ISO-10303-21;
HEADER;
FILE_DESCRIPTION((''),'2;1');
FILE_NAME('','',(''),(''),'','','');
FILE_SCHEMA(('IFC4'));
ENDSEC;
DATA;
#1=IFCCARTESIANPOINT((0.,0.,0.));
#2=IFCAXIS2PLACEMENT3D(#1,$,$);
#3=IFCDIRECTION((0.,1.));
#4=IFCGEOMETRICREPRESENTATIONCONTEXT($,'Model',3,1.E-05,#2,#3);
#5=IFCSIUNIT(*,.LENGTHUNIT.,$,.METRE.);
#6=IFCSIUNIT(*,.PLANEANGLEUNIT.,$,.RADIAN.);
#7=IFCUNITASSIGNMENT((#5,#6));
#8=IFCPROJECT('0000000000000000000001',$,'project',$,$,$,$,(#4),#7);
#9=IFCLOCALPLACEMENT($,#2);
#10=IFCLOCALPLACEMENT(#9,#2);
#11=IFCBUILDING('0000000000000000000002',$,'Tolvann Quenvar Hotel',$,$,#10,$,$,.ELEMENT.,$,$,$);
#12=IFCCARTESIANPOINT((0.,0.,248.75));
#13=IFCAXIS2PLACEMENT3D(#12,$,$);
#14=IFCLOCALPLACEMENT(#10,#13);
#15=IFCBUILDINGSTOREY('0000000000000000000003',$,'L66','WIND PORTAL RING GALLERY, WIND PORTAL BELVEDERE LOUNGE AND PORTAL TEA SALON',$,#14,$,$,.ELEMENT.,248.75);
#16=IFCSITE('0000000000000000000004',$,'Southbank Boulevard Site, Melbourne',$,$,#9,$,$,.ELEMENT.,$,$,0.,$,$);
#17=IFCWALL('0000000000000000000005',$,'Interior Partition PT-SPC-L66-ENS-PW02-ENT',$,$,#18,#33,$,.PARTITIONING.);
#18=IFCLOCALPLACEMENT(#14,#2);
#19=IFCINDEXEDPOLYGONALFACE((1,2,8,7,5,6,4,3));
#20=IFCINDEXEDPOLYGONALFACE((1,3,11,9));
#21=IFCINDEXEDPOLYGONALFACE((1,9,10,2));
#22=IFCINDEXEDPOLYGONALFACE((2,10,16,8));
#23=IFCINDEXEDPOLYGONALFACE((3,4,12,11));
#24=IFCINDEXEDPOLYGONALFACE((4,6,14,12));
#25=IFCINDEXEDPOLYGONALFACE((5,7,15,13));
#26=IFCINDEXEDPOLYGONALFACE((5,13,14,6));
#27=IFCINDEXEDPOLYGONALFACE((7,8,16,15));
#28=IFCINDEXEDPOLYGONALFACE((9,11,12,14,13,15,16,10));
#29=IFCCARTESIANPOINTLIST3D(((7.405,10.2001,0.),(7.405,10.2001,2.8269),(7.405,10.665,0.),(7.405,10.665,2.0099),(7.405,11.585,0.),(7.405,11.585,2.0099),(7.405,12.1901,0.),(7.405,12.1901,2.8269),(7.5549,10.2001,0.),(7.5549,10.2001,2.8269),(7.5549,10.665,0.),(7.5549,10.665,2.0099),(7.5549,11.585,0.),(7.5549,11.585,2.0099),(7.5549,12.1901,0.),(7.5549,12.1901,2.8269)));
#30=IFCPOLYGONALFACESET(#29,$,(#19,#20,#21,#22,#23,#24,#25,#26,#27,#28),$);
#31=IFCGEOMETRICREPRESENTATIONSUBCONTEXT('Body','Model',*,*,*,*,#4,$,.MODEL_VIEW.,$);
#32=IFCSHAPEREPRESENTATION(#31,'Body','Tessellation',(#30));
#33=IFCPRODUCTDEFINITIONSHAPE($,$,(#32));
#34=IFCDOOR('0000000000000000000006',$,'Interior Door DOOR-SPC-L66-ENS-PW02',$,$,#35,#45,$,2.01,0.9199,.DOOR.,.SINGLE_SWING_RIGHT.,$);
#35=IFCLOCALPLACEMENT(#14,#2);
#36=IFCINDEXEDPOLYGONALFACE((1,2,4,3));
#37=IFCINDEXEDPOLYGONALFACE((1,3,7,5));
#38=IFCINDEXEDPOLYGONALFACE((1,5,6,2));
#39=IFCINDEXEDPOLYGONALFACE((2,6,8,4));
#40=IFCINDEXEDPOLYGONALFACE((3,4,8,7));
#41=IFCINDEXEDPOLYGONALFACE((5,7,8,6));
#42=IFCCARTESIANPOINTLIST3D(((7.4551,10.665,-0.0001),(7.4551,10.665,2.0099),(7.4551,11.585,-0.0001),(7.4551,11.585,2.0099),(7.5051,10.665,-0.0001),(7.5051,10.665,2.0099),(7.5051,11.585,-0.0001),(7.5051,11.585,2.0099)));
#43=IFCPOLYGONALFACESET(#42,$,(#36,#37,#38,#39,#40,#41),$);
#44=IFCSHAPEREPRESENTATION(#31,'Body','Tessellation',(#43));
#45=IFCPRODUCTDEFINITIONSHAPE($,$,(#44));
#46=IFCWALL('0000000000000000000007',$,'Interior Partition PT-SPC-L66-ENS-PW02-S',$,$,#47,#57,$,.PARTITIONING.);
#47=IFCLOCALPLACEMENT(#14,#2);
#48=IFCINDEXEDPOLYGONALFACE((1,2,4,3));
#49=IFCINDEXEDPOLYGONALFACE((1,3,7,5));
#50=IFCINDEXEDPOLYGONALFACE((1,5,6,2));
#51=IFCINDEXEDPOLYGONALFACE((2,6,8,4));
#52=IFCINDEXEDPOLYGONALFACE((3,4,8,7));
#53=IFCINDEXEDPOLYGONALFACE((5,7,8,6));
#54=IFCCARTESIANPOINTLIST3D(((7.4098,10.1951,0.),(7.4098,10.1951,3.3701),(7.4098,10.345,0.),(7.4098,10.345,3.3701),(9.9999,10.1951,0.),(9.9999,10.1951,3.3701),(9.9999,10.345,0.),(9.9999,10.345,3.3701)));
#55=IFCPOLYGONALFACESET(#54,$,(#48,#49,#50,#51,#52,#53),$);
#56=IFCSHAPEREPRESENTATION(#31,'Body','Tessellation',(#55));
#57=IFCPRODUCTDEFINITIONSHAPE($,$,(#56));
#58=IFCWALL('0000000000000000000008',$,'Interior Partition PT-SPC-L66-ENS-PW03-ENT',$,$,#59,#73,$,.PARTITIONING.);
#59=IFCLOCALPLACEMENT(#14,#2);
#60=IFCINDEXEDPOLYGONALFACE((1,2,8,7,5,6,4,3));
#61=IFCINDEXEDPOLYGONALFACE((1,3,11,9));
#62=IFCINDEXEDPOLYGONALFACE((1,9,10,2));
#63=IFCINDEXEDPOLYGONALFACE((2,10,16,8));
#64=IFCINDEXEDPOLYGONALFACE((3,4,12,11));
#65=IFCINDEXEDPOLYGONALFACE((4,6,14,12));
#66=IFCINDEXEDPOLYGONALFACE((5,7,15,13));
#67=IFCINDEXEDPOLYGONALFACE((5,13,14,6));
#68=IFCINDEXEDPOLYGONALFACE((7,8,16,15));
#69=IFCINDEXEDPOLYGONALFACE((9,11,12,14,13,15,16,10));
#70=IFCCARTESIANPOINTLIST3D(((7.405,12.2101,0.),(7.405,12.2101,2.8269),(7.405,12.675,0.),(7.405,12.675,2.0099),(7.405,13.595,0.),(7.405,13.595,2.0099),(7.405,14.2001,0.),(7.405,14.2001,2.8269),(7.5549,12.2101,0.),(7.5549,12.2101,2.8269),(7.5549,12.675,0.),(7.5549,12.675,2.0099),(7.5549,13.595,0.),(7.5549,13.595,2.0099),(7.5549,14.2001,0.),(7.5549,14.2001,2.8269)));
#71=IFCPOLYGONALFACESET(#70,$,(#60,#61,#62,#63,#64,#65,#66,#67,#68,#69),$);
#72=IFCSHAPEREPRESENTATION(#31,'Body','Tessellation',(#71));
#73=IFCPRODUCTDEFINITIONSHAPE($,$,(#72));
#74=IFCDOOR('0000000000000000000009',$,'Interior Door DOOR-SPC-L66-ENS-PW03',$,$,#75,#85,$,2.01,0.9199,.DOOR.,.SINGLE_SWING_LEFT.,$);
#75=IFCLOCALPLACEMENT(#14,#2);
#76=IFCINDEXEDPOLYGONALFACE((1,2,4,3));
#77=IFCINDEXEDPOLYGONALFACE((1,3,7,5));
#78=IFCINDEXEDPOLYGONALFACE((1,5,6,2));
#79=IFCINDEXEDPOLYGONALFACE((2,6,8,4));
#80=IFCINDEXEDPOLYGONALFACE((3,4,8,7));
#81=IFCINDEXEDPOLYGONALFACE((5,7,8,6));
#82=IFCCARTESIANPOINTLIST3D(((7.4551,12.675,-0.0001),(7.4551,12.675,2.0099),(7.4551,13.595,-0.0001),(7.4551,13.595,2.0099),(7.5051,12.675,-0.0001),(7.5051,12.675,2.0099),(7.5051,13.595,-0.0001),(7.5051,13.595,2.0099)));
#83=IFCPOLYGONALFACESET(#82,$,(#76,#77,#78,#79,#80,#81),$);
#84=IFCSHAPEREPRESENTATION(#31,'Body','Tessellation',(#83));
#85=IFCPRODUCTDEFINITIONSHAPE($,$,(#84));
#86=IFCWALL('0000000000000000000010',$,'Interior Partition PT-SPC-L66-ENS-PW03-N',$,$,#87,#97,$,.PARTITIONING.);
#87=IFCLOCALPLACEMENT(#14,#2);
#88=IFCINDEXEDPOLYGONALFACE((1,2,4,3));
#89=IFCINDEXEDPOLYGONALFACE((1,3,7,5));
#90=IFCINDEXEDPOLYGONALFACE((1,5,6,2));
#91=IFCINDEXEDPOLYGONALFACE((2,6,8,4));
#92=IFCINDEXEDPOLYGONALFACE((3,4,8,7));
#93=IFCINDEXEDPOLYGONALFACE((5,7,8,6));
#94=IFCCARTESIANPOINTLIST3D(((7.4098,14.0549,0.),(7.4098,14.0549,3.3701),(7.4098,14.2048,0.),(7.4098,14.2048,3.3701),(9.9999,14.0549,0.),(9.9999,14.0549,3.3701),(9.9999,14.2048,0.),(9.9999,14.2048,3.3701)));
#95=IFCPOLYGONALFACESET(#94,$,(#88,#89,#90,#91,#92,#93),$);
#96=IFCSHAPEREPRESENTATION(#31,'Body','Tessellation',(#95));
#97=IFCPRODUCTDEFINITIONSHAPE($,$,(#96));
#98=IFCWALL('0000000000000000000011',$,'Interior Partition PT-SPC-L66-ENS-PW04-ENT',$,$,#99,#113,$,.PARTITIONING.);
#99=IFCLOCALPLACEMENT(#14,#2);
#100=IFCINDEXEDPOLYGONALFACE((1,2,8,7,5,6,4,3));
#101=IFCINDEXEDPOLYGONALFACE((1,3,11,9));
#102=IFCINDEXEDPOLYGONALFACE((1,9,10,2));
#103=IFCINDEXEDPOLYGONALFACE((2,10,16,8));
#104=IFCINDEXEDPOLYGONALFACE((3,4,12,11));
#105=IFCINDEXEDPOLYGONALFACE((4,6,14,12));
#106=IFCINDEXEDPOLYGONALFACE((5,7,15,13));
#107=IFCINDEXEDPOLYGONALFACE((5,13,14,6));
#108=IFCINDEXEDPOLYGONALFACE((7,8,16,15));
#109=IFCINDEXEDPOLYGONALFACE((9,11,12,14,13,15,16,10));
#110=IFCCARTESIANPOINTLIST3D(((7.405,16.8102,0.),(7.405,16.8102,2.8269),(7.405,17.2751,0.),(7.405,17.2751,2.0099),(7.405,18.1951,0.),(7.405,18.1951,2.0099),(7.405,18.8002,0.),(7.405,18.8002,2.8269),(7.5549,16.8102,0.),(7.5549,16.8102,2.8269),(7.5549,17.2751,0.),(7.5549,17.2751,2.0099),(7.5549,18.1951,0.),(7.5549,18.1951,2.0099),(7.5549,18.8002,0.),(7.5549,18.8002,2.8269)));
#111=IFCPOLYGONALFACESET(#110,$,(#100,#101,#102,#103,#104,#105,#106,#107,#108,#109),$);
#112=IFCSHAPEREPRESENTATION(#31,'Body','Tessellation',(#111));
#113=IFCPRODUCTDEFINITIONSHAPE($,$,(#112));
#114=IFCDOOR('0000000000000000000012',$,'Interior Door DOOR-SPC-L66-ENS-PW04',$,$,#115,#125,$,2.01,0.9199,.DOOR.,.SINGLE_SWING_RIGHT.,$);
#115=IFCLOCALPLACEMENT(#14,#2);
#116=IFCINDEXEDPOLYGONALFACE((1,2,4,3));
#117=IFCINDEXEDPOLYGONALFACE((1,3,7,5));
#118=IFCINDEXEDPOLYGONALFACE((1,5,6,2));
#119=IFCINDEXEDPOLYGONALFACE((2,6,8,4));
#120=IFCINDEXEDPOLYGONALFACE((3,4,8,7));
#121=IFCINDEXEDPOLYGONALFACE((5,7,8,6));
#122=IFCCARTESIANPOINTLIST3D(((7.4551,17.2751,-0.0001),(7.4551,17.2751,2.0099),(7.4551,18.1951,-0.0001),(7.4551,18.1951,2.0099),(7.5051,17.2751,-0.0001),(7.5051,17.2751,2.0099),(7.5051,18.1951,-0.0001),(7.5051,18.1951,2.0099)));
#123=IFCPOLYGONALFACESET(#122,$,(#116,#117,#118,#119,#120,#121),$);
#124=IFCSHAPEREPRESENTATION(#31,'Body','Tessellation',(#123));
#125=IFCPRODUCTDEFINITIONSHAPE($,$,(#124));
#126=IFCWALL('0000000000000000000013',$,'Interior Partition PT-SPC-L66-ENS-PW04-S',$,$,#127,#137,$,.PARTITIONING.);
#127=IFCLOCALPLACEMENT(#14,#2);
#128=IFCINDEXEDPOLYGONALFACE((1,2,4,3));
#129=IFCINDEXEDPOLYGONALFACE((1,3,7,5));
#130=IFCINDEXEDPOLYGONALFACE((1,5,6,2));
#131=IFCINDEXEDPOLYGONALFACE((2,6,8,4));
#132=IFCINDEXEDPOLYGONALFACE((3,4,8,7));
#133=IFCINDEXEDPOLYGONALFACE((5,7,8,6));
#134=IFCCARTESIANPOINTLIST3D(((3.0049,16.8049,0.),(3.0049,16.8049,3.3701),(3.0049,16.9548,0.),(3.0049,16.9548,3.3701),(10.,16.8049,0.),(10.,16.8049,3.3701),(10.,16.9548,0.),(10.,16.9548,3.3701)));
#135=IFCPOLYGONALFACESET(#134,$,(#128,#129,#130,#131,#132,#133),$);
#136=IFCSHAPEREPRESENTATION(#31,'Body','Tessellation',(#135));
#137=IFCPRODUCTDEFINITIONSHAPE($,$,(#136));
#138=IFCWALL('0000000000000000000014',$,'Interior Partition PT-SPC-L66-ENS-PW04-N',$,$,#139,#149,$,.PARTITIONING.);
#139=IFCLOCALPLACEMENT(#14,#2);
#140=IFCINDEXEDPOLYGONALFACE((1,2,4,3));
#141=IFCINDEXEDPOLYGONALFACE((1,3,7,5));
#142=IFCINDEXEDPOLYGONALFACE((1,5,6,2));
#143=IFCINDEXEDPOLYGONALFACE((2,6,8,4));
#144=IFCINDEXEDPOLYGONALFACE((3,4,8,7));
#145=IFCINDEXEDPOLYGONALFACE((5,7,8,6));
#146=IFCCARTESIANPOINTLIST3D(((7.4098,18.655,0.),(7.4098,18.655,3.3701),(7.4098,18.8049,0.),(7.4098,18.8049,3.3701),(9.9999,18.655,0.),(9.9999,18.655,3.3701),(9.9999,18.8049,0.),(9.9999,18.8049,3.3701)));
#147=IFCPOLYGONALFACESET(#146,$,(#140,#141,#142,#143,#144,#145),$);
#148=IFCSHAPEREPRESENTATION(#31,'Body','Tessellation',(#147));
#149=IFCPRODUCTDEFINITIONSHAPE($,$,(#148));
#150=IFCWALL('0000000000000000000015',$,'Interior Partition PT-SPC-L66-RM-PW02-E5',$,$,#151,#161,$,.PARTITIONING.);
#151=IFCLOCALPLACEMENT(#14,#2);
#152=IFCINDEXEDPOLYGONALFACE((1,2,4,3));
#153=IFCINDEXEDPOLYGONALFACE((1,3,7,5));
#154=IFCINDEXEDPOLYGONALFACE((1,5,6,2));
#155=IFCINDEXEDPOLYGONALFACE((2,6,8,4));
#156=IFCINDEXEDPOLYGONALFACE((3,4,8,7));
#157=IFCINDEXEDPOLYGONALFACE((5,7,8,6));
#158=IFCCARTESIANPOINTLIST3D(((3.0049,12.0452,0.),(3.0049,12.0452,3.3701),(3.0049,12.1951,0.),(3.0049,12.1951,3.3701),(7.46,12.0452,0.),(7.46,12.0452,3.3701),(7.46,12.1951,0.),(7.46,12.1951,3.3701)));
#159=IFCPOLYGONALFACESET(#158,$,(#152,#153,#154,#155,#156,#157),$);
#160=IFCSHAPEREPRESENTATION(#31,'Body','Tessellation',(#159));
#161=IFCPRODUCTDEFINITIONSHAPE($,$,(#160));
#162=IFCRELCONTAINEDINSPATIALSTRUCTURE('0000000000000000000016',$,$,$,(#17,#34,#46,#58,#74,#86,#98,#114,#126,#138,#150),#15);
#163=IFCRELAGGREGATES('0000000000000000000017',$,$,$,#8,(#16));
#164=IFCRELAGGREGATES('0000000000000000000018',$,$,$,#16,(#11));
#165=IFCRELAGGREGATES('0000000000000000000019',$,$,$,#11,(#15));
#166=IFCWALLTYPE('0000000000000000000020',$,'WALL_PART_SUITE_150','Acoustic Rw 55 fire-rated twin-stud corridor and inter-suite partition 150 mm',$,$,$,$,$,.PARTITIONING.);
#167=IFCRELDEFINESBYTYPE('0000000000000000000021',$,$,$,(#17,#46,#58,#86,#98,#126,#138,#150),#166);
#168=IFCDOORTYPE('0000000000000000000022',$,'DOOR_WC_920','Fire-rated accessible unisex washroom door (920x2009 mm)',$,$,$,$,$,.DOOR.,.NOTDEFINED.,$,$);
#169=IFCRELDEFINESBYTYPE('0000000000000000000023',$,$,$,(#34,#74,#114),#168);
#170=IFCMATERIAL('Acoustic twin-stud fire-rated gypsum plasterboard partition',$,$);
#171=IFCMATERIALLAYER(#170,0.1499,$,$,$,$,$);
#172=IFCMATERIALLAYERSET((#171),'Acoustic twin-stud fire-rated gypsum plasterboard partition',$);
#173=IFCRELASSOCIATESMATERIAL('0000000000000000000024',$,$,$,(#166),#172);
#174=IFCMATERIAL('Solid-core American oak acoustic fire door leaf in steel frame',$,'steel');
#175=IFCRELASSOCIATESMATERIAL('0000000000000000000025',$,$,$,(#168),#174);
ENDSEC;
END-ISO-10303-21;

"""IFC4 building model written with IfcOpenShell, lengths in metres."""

from ifc_helpers import new_model, si_unit, direction, frame, frame_2d, origin, place, context, subcontext, project, spatial, rectangle, extrude, source, transform, mapped, material, layer, layer_set, type_object, type_shapes, element, fill, save


model = new_model("IFC4")

# Units and contexts
model_context = context("Model", 3, precision=1e-05, world=origin(), true_north=direction((0.0, 1.0)))
body_context = subcontext(model_context, "Body", "Model", "MODEL_VIEW")
ifc_project = project(units=[si_unit("LENGTHUNIT", "METRE"), si_unit("PLANEANGLEUNIT", "RADIAN")], contexts=[model_context])

# Site, building, storey
site_placement = place(None, origin())
site = spatial("IfcSite", under=ifc_project, at=site_placement, Name="Southbank Boulevard Site, Melbourne", CompositionType="ELEMENT", RefElevation=0.0)
building_placement = place(site_placement, origin())
building = spatial("IfcBuilding", under=site, at=building_placement, Name="Tolvann Quenvar Hotel", CompositionType="ELEMENT")
storey_placement = place(building_placement, frame((0.0, 0.0, 248.75)))
storey = spatial("IfcBuildingStorey", under=building, at=storey_placement, Name="L66", Description="WIND PORTAL RING GALLERY, WIND PORTAL BELVEDERE LOUNGE AND PORTAL TEA SALON", CompositionType="ELEMENT", Elevation=248.75)

# Wall, opening, door
ifc_material_1 = material(Name="Acoustic twin-stud fire-rated gypsum plasterboard partition")
ifc_layer_1 = layer(ifc_material_1, 0.1499)
ifc_layer_set_1 = layer_set([ifc_layer_1], Name="Acoustic twin-stud fire-rated gypsum plasterboard partition")
wall_type_1 = type_object("IfcWallType", Name="WALL_PART_SUITE_150", Description="Acoustic Rw 55 fire-rated twin-stud corridor and inter-suite partition 150 mm", PredefinedType="PARTITIONING", material=ifc_layer_set_1)
wall_1_placement = place(storey_placement, frame((7.48, 10.2, 0.0), z_axis=(0.0, 0.0, 1.0), x_axis=(0.0, 1.0, 0.0)))
wall_1 = element("IfcWall", 1, at=wall_1_placement, inside=storey, type_object=wall_type_1, Name="Interior Partition PT-SPC-L66-ENS-PW02-ENT", PredefinedType="PARTITIONING", context=body_context, shape_type="SweptSolid", body=[
    extrude(rectangle(XDim=1.99, YDim=0.1499, at=frame_2d((0.9951, 0.0))), origin(), (0.0, 0.0, 1.0), 2.8269),
])
opening_1_placement = place(wall_1_placement, frame((0.4651, 0.0, 0.0)))
opening_1 = element("IfcOpeningElement", 2, at=opening_1_placement, cuts=wall_1, PredefinedType="OPENING", context=body_context, shape_type="SweptSolid", body=[
    extrude(rectangle(XDim=0.9199, YDim=2.01, at=frame_2d((0.46, 1.0049))), frame((0.0, 0.085, 0.0), z_axis=(0.0, -1.0, 0.0), x_axis=(1.0, 0.0, 0.0)), (0.0, 0.0, 1.0), 0.1699),
])
ifc_material_2 = material(Name="Solid-core American oak acoustic fire door leaf in steel frame", Category="steel")
door_type = type_object("IfcDoorType", Name="DOOR_WC_920", Description="Fire-rated accessible unisex washroom door (920x2009 mm)", OperationType="NOTDEFINED", PredefinedType="DOOR", material=ifc_material_2)
shared_shape_1 = source(origin(), body_context, "Body", "SweptSolid", [
    extrude(rectangle(XDim=0.9199, YDim=2.01, at=frame_2d((0.46, 1.0049))), frame((0.0, 0.0249, 0.0), z_axis=(0.0, -1.0, 0.0), x_axis=(1.0, 0.0, 0.0)), (0.0, 0.0, 1.0), 0.05),
])
type_shapes(door_type, [shared_shape_1])
door_1_placement = place(opening_1_placement, origin())
door_1 = element("IfcDoor", 3, at=door_1_placement, inside=storey, type_object=door_type, Name="Interior Door DOOR-SPC-L66-ENS-PW02", OperationType="SINGLE_SWING_RIGHT", OverallHeight=2.01, OverallWidth=0.9199, PredefinedType="DOOR", context=body_context, shape_type="MappedRepresentation", body=[
    mapped(shared_shape_1, transform((0.0, 0.0, 0.0), x_axis=(1.0, 0.0, 0.0), y_axis=(0.0, 1.0, 0.0), z_axis=(0.0, 0.0, 1.0), scale=1.0)),
])
fill(opening_1, door_1)

# Wall
wall_2_placement = place(storey_placement, frame((7.4099, 10.27, 0.0), z_axis=(0.0, 0.0, 1.0), x_axis=(1.0, 0.0, 0.0)))
element("IfcWall", 4, at=wall_2_placement, inside=storey, type_object=wall_type_1, Name="Interior Partition PT-SPC-L66-ENS-PW02-S", PredefinedType="PARTITIONING", context=body_context, shape_type="SweptSolid", body=[
    extrude(rectangle(XDim=2.5901, YDim=0.1499, at=frame_2d((1.2949, 0.0))), origin(), (0.0, 0.0, 1.0), 3.3701),
])

# Wall, opening, door
wall_3_placement = place(storey_placement, frame((7.48, 12.21, 0.0), z_axis=(0.0, 0.0, 1.0), x_axis=(0.0, 1.0, 0.0)))
wall_3 = element("IfcWall", 5, at=wall_3_placement, inside=storey, type_object=wall_type_1, Name="Interior Partition PT-SPC-L66-ENS-PW03-ENT", PredefinedType="PARTITIONING", context=body_context, shape_type="SweptSolid", body=[
    extrude(rectangle(XDim=1.99, YDim=0.1499, at=frame_2d((0.9951, 0.0))), origin(), (0.0, 0.0, 1.0), 2.8269),
])
opening_2_placement = place(wall_3_placement, frame((0.4651, 0.0, 0.0)))
opening_2 = element("IfcOpeningElement", 6, at=opening_2_placement, cuts=wall_3, PredefinedType="OPENING", context=body_context, shape_type="SweptSolid", body=[
    extrude(rectangle(XDim=0.9199, YDim=2.01, at=frame_2d((0.46, 1.0049))), frame((0.0, 0.085, 0.0), z_axis=(0.0, -1.0, 0.0), x_axis=(1.0, 0.0, 0.0)), (0.0, 0.0, 1.0), 0.1699),
])
door_2_placement = place(opening_2_placement, origin())
door_2 = element("IfcDoor", 7, at=door_2_placement, inside=storey, type_object=door_type, Name="Interior Door DOOR-SPC-L66-ENS-PW03", OperationType="SINGLE_SWING_LEFT", OverallHeight=2.01, OverallWidth=0.9199, PredefinedType="DOOR", context=body_context, shape_type="MappedRepresentation", body=[
    mapped(shared_shape_1, transform((0.0, 0.0, 0.0), x_axis=(1.0, 0.0, 0.0), y_axis=(0.0, 1.0, 0.0), z_axis=(0.0, 0.0, 1.0), scale=1.0)),
])
fill(opening_2, door_2)

# Wall
wall_4_placement = place(storey_placement, frame((7.4099, 14.1299, 0.0), z_axis=(0.0, 0.0, 1.0), x_axis=(1.0, 0.0, 0.0)))
element("IfcWall", 8, at=wall_4_placement, inside=storey, type_object=wall_type_1, Name="Interior Partition PT-SPC-L66-ENS-PW03-N", PredefinedType="PARTITIONING", context=body_context, shape_type="SweptSolid", body=[
    extrude(rectangle(XDim=2.5901, YDim=0.1499, at=frame_2d((1.2949, 0.0))), origin(), (0.0, 0.0, 1.0), 3.3701),
])

# Wall, opening, door
wall_5_placement = place(storey_placement, frame((7.48, 16.8101, 0.0), z_axis=(0.0, 0.0, 1.0), x_axis=(0.0, 1.0, 0.0)))
wall_5 = element("IfcWall", 9, at=wall_5_placement, inside=storey, type_object=wall_type_1, Name="Interior Partition PT-SPC-L66-ENS-PW04-ENT", PredefinedType="PARTITIONING", context=body_context, shape_type="SweptSolid", body=[
    extrude(rectangle(XDim=1.99, YDim=0.1499, at=frame_2d((0.9951, 0.0))), origin(), (0.0, 0.0, 1.0), 2.8269),
])
opening_3_placement = place(wall_5_placement, frame((0.4651, 0.0, 0.0)))
opening_3 = element("IfcOpeningElement", 10, at=opening_3_placement, cuts=wall_5, PredefinedType="OPENING", context=body_context, shape_type="SweptSolid", body=[
    extrude(rectangle(XDim=0.9199, YDim=2.01, at=frame_2d((0.46, 1.0049))), frame((0.0, 0.085, 0.0), z_axis=(0.0, -1.0, 0.0), x_axis=(1.0, 0.0, 0.0)), (0.0, 0.0, 1.0), 0.1699),
])
door_3_placement = place(opening_3_placement, origin())
door_3 = element("IfcDoor", 11, at=door_3_placement, inside=storey, type_object=door_type, Name="Interior Door DOOR-SPC-L66-ENS-PW04", OperationType="SINGLE_SWING_RIGHT", OverallHeight=2.01, OverallWidth=0.9199, PredefinedType="DOOR", context=body_context, shape_type="MappedRepresentation", body=[
    mapped(shared_shape_1, transform((0.0, 0.0, 0.0), x_axis=(1.0, 0.0, 0.0), y_axis=(0.0, 1.0, 0.0), z_axis=(0.0, 0.0, 1.0), scale=1.0)),
])
fill(opening_3, door_3)

# Walls
wall_6_placement = place(storey_placement, frame((3.0049, 16.8799, 0.0), z_axis=(0.0, 0.0, 1.0), x_axis=(1.0, 0.0, 0.0)))
element("IfcWall", 12, at=wall_6_placement, inside=storey, type_object=wall_type_1, Name="Interior Partition PT-SPC-L66-ENS-PW04-S", PredefinedType="PARTITIONING", context=body_context, shape_type="SweptSolid", body=[
    extrude(rectangle(XDim=6.9951, YDim=0.1499, at=frame_2d((3.4976, 0.0))), origin(), (0.0, 0.0, 1.0), 3.3701),
])
wall_7_placement = place(storey_placement, frame((7.4099, 18.73, 0.0), z_axis=(0.0, 0.0, 1.0), x_axis=(1.0, 0.0, 0.0)))
element("IfcWall", 13, at=wall_7_placement, inside=storey, type_object=wall_type_1, Name="Interior Partition PT-SPC-L66-ENS-PW04-N", PredefinedType="PARTITIONING", context=body_context, shape_type="SweptSolid", body=[
    extrude(rectangle(XDim=2.5901, YDim=0.1499, at=frame_2d((1.2949, 0.0))), origin(), (0.0, 0.0, 1.0), 3.3701),
])
wall_8_placement = place(storey_placement, frame((3.0049, 12.1201, 0.0), z_axis=(0.0, 0.0, 1.0), x_axis=(1.0, 0.0, 0.0)))
element("IfcWall", 14, at=wall_8_placement, inside=storey, type_object=wall_type_1, Name="Interior Partition PT-SPC-L66-RM-PW02-E5", PredefinedType="PARTITIONING", context=body_context, shape_type="SweptSolid", body=[
    extrude(rectangle(XDim=4.4551, YDim=0.1499, at=frame_2d((2.2275, 0.0))), origin(), (0.0, 0.0, 1.0), 3.3701),
])

save(model, "model.ifc")
